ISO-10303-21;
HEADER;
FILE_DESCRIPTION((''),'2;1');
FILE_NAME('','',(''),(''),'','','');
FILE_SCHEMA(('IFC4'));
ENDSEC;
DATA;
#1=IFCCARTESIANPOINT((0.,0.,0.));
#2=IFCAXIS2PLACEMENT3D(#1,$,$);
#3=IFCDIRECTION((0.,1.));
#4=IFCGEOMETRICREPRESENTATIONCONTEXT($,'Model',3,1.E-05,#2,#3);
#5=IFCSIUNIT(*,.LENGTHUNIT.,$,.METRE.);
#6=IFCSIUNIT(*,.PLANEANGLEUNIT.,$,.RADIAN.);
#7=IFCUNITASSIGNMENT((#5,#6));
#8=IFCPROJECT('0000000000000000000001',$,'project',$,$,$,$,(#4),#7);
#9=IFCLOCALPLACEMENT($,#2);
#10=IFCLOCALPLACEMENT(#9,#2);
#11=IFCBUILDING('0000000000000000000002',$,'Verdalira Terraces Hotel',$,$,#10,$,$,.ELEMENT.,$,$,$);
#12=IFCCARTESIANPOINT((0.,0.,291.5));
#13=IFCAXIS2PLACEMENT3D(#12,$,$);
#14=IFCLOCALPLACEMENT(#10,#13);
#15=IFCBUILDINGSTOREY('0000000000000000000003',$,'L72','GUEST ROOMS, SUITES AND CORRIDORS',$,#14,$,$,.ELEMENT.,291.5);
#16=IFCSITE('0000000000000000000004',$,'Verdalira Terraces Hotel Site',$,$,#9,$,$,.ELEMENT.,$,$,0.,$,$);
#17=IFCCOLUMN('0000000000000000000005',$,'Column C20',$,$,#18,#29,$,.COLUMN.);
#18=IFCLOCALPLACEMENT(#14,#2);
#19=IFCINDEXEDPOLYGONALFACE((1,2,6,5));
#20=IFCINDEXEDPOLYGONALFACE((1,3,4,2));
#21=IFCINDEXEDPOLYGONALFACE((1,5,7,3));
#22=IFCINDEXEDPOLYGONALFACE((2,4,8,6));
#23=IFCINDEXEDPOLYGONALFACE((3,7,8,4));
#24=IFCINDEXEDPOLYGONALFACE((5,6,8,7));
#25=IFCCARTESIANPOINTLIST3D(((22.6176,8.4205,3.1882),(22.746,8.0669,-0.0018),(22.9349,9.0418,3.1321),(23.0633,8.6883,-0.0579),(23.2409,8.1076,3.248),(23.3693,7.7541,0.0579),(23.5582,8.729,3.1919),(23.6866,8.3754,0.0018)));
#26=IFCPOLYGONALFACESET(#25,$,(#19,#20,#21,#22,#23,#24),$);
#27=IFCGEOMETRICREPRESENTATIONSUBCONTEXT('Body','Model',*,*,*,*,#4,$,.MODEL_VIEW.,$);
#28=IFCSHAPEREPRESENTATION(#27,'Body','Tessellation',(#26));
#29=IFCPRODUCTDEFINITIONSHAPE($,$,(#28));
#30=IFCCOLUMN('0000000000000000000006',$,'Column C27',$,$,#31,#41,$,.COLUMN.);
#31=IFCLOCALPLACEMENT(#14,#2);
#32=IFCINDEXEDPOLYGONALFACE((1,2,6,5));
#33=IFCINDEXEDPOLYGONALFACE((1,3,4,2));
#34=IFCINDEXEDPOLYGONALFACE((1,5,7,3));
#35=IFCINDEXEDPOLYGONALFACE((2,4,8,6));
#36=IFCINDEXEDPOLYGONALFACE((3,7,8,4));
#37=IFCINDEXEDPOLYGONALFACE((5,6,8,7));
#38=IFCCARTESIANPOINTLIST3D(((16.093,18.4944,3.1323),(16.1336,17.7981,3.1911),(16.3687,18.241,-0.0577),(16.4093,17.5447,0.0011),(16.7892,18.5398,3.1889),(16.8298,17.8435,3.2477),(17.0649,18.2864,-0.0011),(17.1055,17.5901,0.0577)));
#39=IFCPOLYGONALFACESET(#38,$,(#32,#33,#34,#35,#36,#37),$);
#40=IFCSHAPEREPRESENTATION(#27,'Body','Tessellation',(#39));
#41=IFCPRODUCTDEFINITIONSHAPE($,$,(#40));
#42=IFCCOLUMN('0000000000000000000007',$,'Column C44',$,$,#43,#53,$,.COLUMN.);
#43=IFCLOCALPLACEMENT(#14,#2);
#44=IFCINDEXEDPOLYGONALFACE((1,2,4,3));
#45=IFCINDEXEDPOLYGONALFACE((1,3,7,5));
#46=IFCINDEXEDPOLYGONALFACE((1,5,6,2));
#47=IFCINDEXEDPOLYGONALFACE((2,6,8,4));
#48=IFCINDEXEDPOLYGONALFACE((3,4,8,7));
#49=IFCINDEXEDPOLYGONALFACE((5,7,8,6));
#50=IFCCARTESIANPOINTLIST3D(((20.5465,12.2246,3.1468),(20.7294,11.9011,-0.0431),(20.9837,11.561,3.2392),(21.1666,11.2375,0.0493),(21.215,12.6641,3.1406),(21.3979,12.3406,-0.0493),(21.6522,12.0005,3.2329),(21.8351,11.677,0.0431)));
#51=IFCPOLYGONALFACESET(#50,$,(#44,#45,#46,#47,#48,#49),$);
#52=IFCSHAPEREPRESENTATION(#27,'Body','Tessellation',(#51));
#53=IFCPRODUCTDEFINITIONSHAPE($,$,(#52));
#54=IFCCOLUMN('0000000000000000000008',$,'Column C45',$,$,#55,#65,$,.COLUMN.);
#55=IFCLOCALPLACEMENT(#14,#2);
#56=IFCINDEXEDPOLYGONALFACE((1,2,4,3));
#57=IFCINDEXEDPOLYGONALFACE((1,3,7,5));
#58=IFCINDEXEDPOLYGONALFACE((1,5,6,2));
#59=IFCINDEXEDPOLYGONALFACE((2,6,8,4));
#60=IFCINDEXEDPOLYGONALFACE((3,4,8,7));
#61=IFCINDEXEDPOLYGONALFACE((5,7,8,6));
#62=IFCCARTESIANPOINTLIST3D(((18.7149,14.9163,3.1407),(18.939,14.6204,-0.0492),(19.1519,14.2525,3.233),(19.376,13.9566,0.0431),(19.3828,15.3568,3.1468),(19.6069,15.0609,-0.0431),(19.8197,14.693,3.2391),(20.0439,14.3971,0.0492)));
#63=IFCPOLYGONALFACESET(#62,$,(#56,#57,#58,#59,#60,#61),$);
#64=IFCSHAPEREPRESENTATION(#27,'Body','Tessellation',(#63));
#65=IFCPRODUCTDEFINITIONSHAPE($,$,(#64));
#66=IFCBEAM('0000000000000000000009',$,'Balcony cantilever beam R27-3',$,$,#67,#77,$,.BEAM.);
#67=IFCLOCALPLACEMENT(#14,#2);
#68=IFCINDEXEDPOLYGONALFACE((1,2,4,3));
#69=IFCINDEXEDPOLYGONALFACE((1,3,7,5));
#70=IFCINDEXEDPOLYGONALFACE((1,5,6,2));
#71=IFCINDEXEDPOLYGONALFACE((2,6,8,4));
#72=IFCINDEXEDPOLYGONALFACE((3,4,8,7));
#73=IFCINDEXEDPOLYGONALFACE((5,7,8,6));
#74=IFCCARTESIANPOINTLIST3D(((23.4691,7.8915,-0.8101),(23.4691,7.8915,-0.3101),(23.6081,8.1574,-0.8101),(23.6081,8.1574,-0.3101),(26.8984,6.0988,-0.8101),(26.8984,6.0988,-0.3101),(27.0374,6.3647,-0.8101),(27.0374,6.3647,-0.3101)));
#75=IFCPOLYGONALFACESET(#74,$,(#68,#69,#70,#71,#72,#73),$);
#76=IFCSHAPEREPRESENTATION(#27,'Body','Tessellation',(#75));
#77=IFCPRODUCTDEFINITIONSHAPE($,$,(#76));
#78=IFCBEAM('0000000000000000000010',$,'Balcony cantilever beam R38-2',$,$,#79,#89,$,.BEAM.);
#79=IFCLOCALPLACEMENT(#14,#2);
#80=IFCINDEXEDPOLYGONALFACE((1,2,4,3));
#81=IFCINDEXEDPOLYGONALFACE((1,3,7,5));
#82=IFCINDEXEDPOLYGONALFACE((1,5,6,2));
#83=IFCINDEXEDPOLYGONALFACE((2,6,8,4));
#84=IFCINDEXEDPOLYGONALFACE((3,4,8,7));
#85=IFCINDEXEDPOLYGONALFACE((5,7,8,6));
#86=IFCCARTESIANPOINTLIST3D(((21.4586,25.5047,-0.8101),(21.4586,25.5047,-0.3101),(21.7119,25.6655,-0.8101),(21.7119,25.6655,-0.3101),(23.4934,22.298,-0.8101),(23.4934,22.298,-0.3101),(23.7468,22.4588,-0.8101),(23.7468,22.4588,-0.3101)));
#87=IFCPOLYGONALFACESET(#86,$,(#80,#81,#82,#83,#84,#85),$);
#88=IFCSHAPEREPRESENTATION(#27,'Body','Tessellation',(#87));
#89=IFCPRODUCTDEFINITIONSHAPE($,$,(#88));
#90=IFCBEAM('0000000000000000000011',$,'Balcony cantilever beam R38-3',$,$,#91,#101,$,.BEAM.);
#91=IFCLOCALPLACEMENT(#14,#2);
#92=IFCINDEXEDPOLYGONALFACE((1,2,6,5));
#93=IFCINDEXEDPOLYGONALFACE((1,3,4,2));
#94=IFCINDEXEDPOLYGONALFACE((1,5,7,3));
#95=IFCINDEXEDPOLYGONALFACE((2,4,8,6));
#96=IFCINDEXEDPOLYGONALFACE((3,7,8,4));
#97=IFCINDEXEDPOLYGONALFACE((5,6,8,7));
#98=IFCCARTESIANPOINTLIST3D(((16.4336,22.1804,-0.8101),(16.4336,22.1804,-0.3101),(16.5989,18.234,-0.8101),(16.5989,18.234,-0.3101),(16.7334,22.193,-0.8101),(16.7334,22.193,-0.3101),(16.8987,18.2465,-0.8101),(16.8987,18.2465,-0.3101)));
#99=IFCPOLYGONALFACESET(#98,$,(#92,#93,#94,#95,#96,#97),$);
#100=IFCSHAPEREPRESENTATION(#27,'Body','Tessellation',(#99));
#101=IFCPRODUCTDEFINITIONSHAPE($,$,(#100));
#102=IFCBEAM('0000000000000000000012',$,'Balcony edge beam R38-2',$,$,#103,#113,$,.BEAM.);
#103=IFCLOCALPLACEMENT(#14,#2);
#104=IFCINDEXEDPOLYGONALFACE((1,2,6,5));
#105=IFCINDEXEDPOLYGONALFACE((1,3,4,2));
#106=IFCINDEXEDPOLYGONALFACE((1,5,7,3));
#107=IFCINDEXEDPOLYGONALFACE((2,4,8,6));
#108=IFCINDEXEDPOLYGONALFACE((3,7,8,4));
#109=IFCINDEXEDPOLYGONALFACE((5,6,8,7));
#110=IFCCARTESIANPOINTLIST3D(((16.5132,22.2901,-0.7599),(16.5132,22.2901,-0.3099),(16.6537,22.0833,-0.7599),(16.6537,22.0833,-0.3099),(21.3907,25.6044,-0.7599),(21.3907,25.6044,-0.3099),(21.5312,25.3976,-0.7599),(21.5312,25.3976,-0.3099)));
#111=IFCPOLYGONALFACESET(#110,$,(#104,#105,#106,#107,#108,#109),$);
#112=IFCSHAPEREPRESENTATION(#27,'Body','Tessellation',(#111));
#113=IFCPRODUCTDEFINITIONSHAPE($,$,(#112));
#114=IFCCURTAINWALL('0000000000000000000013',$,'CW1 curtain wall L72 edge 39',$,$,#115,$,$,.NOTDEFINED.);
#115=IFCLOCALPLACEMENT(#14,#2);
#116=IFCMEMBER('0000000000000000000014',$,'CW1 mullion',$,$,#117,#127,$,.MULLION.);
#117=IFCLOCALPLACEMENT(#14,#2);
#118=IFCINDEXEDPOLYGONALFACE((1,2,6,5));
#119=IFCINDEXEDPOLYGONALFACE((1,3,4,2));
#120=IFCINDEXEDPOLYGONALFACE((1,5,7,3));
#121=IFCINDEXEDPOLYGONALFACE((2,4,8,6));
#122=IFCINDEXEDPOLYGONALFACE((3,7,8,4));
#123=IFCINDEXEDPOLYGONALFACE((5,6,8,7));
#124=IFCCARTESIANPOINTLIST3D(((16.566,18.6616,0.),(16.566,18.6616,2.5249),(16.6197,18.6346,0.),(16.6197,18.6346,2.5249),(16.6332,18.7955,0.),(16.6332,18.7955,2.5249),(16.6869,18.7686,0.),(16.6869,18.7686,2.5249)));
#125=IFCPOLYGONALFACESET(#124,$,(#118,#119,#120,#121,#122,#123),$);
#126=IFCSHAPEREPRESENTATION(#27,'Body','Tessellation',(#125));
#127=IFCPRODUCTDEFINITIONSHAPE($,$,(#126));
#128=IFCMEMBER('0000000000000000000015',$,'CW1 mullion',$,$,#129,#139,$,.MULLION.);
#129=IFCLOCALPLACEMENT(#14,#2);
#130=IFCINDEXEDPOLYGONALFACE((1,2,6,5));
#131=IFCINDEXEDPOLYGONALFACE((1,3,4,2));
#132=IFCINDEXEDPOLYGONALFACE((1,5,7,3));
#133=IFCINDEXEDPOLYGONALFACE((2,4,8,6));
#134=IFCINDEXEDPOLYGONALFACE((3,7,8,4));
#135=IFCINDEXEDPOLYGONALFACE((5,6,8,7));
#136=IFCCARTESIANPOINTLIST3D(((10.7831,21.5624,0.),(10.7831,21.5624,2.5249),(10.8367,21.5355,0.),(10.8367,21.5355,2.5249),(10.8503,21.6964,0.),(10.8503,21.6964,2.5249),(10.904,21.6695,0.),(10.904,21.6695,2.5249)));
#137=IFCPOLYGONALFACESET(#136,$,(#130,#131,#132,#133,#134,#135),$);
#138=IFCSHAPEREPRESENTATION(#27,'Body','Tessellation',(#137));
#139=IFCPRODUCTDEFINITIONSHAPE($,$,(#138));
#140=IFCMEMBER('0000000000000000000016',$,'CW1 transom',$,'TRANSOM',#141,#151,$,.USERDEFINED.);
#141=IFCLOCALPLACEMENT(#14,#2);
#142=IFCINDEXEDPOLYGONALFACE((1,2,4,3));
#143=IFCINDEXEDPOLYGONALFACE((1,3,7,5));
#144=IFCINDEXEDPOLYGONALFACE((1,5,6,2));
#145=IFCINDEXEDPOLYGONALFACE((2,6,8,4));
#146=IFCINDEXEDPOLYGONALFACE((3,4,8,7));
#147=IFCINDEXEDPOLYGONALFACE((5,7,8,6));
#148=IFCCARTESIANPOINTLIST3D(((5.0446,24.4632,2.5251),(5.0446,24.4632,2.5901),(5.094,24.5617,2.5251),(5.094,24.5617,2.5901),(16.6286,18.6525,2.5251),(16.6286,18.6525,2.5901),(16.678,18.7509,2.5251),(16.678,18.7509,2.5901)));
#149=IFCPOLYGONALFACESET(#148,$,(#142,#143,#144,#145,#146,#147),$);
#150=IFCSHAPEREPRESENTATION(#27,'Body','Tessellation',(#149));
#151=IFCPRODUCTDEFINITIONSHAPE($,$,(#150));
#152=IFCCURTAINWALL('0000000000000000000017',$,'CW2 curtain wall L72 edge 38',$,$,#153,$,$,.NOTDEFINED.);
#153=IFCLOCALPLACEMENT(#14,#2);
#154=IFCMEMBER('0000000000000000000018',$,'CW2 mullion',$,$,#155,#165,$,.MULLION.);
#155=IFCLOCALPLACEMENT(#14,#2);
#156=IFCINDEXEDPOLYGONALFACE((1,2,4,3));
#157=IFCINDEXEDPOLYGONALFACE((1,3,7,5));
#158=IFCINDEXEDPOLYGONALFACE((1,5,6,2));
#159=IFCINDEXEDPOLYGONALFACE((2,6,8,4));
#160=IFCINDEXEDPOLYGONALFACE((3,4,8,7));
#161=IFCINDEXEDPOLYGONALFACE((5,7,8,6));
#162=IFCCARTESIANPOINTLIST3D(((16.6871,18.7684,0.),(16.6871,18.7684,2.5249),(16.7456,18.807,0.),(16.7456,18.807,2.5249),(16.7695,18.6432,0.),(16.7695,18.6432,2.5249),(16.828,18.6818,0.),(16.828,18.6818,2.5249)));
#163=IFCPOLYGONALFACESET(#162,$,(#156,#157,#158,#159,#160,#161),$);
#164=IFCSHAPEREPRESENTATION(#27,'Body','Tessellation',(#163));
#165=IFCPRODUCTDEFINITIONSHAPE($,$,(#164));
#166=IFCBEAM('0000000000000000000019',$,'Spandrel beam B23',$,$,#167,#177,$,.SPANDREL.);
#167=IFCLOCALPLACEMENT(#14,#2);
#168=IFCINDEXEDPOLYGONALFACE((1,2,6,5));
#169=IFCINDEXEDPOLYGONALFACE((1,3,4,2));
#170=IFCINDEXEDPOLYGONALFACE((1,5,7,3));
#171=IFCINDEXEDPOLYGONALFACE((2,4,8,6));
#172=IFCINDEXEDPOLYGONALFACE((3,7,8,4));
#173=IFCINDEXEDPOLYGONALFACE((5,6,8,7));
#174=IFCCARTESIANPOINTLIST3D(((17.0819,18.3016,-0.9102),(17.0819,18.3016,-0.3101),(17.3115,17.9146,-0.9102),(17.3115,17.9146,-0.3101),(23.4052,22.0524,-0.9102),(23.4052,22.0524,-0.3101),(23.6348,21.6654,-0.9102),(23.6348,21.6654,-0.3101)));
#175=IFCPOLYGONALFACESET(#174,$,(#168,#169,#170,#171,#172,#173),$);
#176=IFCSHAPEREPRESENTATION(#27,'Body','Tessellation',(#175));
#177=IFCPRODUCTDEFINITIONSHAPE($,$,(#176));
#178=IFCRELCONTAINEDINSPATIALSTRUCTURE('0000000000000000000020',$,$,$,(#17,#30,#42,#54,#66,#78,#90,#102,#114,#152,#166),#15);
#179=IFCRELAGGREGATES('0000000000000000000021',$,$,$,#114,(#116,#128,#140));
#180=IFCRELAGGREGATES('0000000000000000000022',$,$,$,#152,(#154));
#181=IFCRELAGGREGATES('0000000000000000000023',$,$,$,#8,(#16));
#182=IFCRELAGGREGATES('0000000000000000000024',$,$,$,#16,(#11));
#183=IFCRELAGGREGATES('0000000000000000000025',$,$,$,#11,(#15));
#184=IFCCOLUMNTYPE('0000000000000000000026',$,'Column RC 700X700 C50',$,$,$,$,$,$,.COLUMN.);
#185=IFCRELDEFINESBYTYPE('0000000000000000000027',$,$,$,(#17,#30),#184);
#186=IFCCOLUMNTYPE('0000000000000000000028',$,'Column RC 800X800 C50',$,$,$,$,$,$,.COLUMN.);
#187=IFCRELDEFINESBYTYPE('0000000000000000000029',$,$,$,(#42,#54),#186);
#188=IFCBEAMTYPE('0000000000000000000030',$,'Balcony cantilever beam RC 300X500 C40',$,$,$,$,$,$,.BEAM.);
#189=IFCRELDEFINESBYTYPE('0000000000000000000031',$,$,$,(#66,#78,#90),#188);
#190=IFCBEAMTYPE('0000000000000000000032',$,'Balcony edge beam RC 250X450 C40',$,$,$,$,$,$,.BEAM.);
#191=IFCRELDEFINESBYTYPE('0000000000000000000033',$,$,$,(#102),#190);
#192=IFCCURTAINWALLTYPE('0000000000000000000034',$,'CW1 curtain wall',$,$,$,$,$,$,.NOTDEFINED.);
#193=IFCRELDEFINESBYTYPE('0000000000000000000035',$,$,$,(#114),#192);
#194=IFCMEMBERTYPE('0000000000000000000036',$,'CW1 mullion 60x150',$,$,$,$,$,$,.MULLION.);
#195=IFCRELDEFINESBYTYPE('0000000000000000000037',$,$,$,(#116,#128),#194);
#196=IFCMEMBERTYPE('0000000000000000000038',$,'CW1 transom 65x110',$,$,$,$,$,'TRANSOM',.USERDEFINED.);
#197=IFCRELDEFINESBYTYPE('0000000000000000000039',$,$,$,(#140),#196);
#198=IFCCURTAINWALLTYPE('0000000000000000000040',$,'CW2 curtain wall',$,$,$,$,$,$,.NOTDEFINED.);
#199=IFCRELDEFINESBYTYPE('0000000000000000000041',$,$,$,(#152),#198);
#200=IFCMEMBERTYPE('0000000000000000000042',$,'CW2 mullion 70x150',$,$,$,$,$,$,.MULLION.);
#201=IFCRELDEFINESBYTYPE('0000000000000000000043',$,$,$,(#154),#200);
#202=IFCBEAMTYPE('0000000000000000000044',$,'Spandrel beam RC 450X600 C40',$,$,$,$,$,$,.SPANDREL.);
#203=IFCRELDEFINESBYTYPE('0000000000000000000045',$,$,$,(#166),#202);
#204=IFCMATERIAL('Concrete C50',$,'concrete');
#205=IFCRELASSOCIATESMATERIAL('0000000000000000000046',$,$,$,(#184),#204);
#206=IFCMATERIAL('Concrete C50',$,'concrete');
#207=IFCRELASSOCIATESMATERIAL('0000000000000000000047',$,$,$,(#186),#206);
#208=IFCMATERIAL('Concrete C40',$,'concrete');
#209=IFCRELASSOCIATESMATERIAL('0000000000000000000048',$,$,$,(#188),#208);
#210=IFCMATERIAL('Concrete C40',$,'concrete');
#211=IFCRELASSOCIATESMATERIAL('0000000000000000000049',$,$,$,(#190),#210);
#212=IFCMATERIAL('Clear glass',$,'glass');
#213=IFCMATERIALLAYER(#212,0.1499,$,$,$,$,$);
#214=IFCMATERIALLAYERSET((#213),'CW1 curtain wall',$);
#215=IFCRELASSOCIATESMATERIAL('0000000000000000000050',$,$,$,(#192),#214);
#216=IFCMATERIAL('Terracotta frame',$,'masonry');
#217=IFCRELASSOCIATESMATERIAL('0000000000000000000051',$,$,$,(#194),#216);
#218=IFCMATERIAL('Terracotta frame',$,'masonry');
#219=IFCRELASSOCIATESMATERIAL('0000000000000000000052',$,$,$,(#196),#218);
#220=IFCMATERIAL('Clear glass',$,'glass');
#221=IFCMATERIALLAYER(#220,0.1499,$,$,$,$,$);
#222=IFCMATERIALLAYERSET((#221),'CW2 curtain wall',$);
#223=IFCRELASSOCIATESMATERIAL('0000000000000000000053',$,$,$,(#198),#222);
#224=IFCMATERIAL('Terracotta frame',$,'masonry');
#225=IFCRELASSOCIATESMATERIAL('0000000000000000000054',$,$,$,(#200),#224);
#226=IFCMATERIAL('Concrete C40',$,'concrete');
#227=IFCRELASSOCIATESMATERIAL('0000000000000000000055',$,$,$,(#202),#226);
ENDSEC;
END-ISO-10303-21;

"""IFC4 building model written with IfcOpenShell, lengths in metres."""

from ifc_helpers import new_model, si_unit, direction, frame, origin, origin_2d, place, context, subcontext, project, spatial, rectangle, extrude, material, layer, layer_set, material_profile, profile_set, type_object, element, aggregate, save


model = new_model("IFC4")

# Units and contexts
model_context = context("Model", 3, precision=1e-05, world=origin(), true_north=direction((0.0, 1.0)))
body_context = subcontext(model_context, "Body", "Model", "MODEL_VIEW")
ifc_project = project(units=[si_unit("LENGTHUNIT", "METRE"), si_unit("PLANEANGLEUNIT", "RADIAN")], contexts=[model_context])

# Site, building, storey
site_placement = place(None, origin())
site = spatial("IfcSite", under=ifc_project, at=site_placement, Name="Verdalira Terraces Hotel Site", CompositionType="ELEMENT", RefElevation=0.0)
building_placement = place(site_placement, origin())
building = spatial("IfcBuilding", under=site, at=building_placement, Name="Verdalira Terraces Hotel", CompositionType="ELEMENT")
storey_placement = place(building_placement, frame((0.0, 0.0, 291.5)))
storey = spatial("IfcBuildingStorey", under=building, at=storey_placement, Name="L72", Description="GUEST ROOMS, SUITES AND CORRIDORS", CompositionType="ELEMENT", Elevation=291.5)

# Columns
ifc_material_1 = material(Name="Concrete C50", Category="concrete")
ifc_material_profile_1 = material_profile(ifc_material_1, rectangle(XDim=0.7, YDim=0.7, at=origin_2d()), Name="RC 700X700")
ifc_profile_set_1 = profile_set([ifc_material_profile_1], Name="Concrete C50")
column_type_1 = type_object("IfcColumnType", Name="Column RC 700X700 C50", PredefinedType="COLUMN", material=ifc_profile_set_1)
column_1_placement = place(storey_placement, frame((23.2163, 8.2212, 0.0), z_axis=(-0.03998, 0.11006, 0.993121), x_axis=(-0.453311, -0.887743, 0.080132)))
element("IfcColumn", 1, at=column_1_placement, inside=storey, type_object=column_type_1, Name="Column C20", PredefinedType="COLUMN", context=body_context, shape_type="SweptSolid", body=[
    extrude(rectangle(XDim=0.7, YDim=0.7, at=origin_2d()), origin(), (0.0, 0.0, 1.0), 3.2122),
])
column_2_placement = place(storey_placement, frame((16.7371, 17.9155, 0.0), z_axis=(-0.085818, 0.078901, 0.993182), x_axis=(0.994621, 0.064815, 0.080794)))
element("IfcColumn", 2, at=column_2_placement, inside=storey, type_object=column_type_1, Name="Column C27", PredefinedType="COLUMN", context=body_context, shape_type="SweptSolid", body=[
    extrude(rectangle(XDim=0.7, YDim=0.7, at=origin_2d()), origin(), (0.0, 0.0, 1.0), 3.2119),
])
ifc_material_2 = material(Name="Concrete C50", Category="concrete")
ifc_material_profile_2 = material_profile(ifc_material_2, rectangle(XDim=0.8, YDim=0.8, at=origin_2d()), Name="RC 800X800")
ifc_profile_set_2 = profile_set([ifc_material_profile_2], Name="Concrete C50")
column_type_2 = type_object("IfcColumnType", Name="Column RC 800X800 C50", PredefinedType="COLUMN", material=ifc_profile_set_2)
for number, where, z_axis, x_axis, name in (
    (3, (21.2822, 11.7891, 0.0), (-0.056939, 0.100727, 0.993283), (0.835562, 0.54934, -0.00781), "Column C44"),
    (4, (19.4915, 14.5088, 0.0), (-0.069788, 0.092138, 0.993298), (0.834741, 0.550591, 0.007575), "Column C45"),
):
    element("IfcColumn", number, at=place(storey_placement, frame(where, z_axis=z_axis, x_axis=x_axis)), inside=storey, type_object=column_type_2, Name=name, PredefinedType="COLUMN", context=body_context, shape_type="SweptSolid", body=[
        extrude(rectangle(XDim=0.8, YDim=0.8, at=origin_2d()), origin(), (0.0, 0.0, 1.0), 3.2114),
    ])

# Beams
ifc_material_3 = material(Name="Concrete C40", Category="concrete")
ifc_material_profile_3 = material_profile(ifc_material_3, rectangle(XDim=0.3, YDim=0.5, at=origin_2d()), Name="RC 300X500")
ifc_profile_set_3 = profile_set([ifc_material_profile_3], Name="Concrete C40")
beam_type_1 = type_object("IfcBeamType", Name="Balcony cantilever beam RC 300X500 C40", PredefinedType="BEAM", material=ifc_profile_set_3)
beam_1_placement = place(storey_placement, frame((23.5386, 8.0244, -0.5601), z_axis=(0.886219, -0.463267, 0.0), x_axis=(0.463267, 0.886219, 0.0)))
element("IfcBeam", 5, at=beam_1_placement, inside=storey, type_object=beam_type_1, Name="Balcony cantilever beam R27-3", PredefinedType="BEAM", context=body_context, shape_type="SweptSolid", body=[
    extrude(rectangle(XDim=0.3, YDim=0.5, at=origin_2d()), origin(), (0.0, 0.0, 1.0), 3.8696),
])
beam_2_placement = place(storey_placement, frame((23.6201, 22.3784, -0.5601), z_axis=(-0.535794, 0.844349, 0.0), x_axis=(-0.844349, -0.535794, 0.0)))
element("IfcBeam", 6, at=beam_2_placement, inside=storey, type_object=beam_type_1, Name="Balcony cantilever beam R38-2", PredefinedType="BEAM", context=body_context, shape_type="SweptSolid", body=[
    extrude(rectangle(XDim=0.3, YDim=0.5, at=origin_2d()), origin(), (0.0, 0.0, 1.0), 3.7979),
])
beam_3_placement = place(storey_placement, frame((16.7488, 18.2402, -0.5601), z_axis=(-0.041844, 0.999124, 0.0), x_axis=(-0.999124, -0.041844, 0.0)))
element("IfcBeam", 7, at=beam_3_placement, inside=storey, type_object=beam_type_1, Name="Balcony cantilever beam R38-3", PredefinedType="BEAM", context=body_context, shape_type="SweptSolid", body=[
    extrude(rectangle(XDim=0.3, YDim=0.5, at=origin_2d()), origin(), (0.0, 0.0, 1.0), 3.95),
])
ifc_material_4 = material(Name="Concrete C40", Category="concrete")
ifc_material_profile_4 = material_profile(ifc_material_4, rectangle(XDim=0.25, YDim=0.45, at=origin_2d()), Name="RC 250X450")
ifc_profile_set_4 = profile_set([ifc_material_profile_4], Name="Concrete C40")
beam_type_2 = type_object("IfcBeamType", Name="Balcony edge beam RC 250X450 C40", PredefinedType="BEAM", material=ifc_profile_set_4)
beam_4_placement = place(storey_placement, frame((21.4609, 25.501, -0.5349), z_axis=(-0.82712, -0.562026, 0.0), x_axis=(0.562026, -0.82712, 0.0)))
element("IfcBeam", 8, at=beam_4_placement, inside=storey, type_object=beam_type_2, Name="Balcony edge beam R38-2", PredefinedType="BEAM", context=body_context, shape_type="SweptSolid", body=[
    extrude(rectangle(XDim=0.25, YDim=0.45, at=origin_2d()), origin(), (0.0, 0.0, 1.0), 5.897),
])

# Curtain wall, members
ifc_material_5 = material(Name="Clear glass", Category="glass")
ifc_layer_1 = layer(ifc_material_5, 0.1499)
ifc_layer_set_1 = layer_set([ifc_layer_1], Name="CW1 curtain wall")
curtain_wall_type_1 = type_object("IfcCurtainWallType", Name="CW1 curtain wall", PredefinedType="NOTDEFINED", material=ifc_layer_set_1)
curtain_wall_1_placement = place(storey_placement, origin())
curtain_wall_1 = element("IfcCurtainWall", 9, at=curtain_wall_1_placement, inside=storey, type_object=curtain_wall_type_1, Name="CW1 curtain wall L72 edge 39", PredefinedType="NOTDEFINED")
ifc_material_6 = material(Name="Terracotta frame", Category="masonry")
ifc_material_profile_5 = material_profile(ifc_material_6, rectangle(XDim=0.0601, YDim=0.1499, at=origin_2d()), Name="MU 60x150")
ifc_profile_set_5 = profile_set([ifc_material_profile_5], Name="Terracotta frame")
member_type_1 = type_object("IfcMemberType", Name="CW1 mullion 60x150", PredefinedType="MULLION", material=ifc_profile_set_5)
member_1_placement = place(storey_placement, frame((16.6265, 18.7151, 0.0), z_axis=(0.0, 0.0, 1.0), x_axis=(-0.893841, 0.448383, 0.0)))
member_1 = element("IfcMember", 10, at=member_1_placement, type_object=member_type_1, Name="CW1 mullion", PredefinedType="MULLION", context=body_context, shape_type="SweptSolid", body=[
    extrude(rectangle(XDim=0.0601, YDim=0.1499, at=origin_2d()), origin(), (0.0, 0.0, 1.0), 2.5249),
])
member_2_placement = place(storey_placement, frame((10.8435, 21.616, 0.0), z_axis=(0.0, 0.0, 1.0), x_axis=(-0.893841, 0.448383, 0.0)))
member_2 = element("IfcMember", 11, at=member_2_placement, type_object=member_type_1, Name="CW1 mullion", PredefinedType="MULLION", context=body_context, shape_type="SweptSolid", body=[
    extrude(rectangle(XDim=0.0601, YDim=0.1499, at=origin_2d()), origin(), (0.0, 0.0, 1.0), 2.5249),
])
ifc_material_7 = material(Name="Terracotta frame", Category="masonry")
ifc_material_profile_6 = material_profile(ifc_material_7, rectangle(XDim=0.1101, YDim=0.0649, at=origin_2d()), Name="TR 65x110")
ifc_profile_set_6 = profile_set([ifc_material_profile_6], Name="Terracotta frame")
member_type_2 = type_object("IfcMemberType", Name="CW1 transom 65x110", ElementType="TRANSOM", PredefinedType="USERDEFINED", material=ifc_profile_set_6)
member_3_placement = place(storey_placement, frame((16.6533, 18.7017, 2.5576), z_axis=(-0.893846, 0.448374, 0.0), x_axis=(-0.448374, -0.893846, 0.0)))
member_3 = element("IfcMember", 12, at=member_3_placement, type_object=member_type_2, Name="CW1 transom", ObjectType="TRANSOM", PredefinedType="USERDEFINED", context=body_context, shape_type="SweptSolid", body=[
    extrude(rectangle(XDim=0.1101, YDim=0.0649, at=origin_2d()), origin(), (0.0, 0.0, 1.0), 12.9597),
])

# Curtain wall, member
ifc_material_8 = material(Name="Clear glass", Category="glass")
ifc_layer_2 = layer(ifc_material_8, 0.1499)
ifc_layer_set_2 = layer_set([ifc_layer_2], Name="CW2 curtain wall")
curtain_wall_type_2 = type_object("IfcCurtainWallType", Name="CW2 curtain wall", PredefinedType="NOTDEFINED", material=ifc_layer_set_2)
curtain_wall_2_placement = place(storey_placement, origin())
curtain_wall_2 = element("IfcCurtainWall", 13, at=curtain_wall_2_placement, inside=storey, type_object=curtain_wall_type_2, Name="CW2 curtain wall L72 edge 38", PredefinedType="NOTDEFINED")
ifc_material_9 = material(Name="Terracotta frame", Category="masonry")
ifc_material_profile_7 = material_profile(ifc_material_9, rectangle(XDim=0.0701, YDim=0.1499, at=origin_2d()), Name="MU 70x150")
ifc_profile_set_7 = profile_set([ifc_material_profile_7], Name="Terracotta frame")
member_type_3 = type_object("IfcMemberType", Name="CW2 mullion 70x150", PredefinedType="MULLION", material=ifc_profile_set_7)
member_4_placement = place(storey_placement, frame((16.7576, 18.7251, 0.0), z_axis=(0.0, 0.0, 1.0), x_axis=(-0.835232, -0.549898, 0.0)))
member_4 = element("IfcMember", 14, at=member_4_placement, type_object=member_type_3, Name="CW2 mullion", PredefinedType="MULLION", context=body_context, shape_type="SweptSolid", body=[
    extrude(rectangle(XDim=0.0701, YDim=0.1499, at=origin_2d()), origin(), (0.0, 0.0, 1.0), 2.5249),
])

# Beam
ifc_material_10 = material(Name="Concrete C40", Category="concrete")
ifc_material_profile_8 = material_profile(ifc_material_10, rectangle(XDim=0.45, YDim=0.6001, at=origin_2d()), Name="RC 450X600")
ifc_profile_set_8 = profile_set([ifc_material_profile_8], Name="Concrete C40")
beam_type_3 = type_object("IfcBeamType", Name="Spandrel beam RC 450X600 C40", PredefinedType="SPANDREL", material=ifc_profile_set_8)
beam_5_placement = place(storey_placement, frame((23.52, 21.8589, -0.6101), z_axis=(-0.860075, -0.510167, 0.0), x_axis=(0.510167, -0.860075, 0.0)))
element("IfcBeam", 15, at=beam_5_placement, inside=storey, type_object=beam_type_3, Name="Spandrel beam B23", PredefinedType="SPANDREL", context=body_context, shape_type="SweptSolid", body=[
    extrude(rectangle(XDim=0.45, YDim=0.6001, at=origin_2d()), origin(), (0.0, 0.0, 1.0), 7.3521),
])

aggregate(curtain_wall_1, [member_1, member_2, member_3])
aggregate(curtain_wall_2, [member_4])

save(model, "model.ifc")
